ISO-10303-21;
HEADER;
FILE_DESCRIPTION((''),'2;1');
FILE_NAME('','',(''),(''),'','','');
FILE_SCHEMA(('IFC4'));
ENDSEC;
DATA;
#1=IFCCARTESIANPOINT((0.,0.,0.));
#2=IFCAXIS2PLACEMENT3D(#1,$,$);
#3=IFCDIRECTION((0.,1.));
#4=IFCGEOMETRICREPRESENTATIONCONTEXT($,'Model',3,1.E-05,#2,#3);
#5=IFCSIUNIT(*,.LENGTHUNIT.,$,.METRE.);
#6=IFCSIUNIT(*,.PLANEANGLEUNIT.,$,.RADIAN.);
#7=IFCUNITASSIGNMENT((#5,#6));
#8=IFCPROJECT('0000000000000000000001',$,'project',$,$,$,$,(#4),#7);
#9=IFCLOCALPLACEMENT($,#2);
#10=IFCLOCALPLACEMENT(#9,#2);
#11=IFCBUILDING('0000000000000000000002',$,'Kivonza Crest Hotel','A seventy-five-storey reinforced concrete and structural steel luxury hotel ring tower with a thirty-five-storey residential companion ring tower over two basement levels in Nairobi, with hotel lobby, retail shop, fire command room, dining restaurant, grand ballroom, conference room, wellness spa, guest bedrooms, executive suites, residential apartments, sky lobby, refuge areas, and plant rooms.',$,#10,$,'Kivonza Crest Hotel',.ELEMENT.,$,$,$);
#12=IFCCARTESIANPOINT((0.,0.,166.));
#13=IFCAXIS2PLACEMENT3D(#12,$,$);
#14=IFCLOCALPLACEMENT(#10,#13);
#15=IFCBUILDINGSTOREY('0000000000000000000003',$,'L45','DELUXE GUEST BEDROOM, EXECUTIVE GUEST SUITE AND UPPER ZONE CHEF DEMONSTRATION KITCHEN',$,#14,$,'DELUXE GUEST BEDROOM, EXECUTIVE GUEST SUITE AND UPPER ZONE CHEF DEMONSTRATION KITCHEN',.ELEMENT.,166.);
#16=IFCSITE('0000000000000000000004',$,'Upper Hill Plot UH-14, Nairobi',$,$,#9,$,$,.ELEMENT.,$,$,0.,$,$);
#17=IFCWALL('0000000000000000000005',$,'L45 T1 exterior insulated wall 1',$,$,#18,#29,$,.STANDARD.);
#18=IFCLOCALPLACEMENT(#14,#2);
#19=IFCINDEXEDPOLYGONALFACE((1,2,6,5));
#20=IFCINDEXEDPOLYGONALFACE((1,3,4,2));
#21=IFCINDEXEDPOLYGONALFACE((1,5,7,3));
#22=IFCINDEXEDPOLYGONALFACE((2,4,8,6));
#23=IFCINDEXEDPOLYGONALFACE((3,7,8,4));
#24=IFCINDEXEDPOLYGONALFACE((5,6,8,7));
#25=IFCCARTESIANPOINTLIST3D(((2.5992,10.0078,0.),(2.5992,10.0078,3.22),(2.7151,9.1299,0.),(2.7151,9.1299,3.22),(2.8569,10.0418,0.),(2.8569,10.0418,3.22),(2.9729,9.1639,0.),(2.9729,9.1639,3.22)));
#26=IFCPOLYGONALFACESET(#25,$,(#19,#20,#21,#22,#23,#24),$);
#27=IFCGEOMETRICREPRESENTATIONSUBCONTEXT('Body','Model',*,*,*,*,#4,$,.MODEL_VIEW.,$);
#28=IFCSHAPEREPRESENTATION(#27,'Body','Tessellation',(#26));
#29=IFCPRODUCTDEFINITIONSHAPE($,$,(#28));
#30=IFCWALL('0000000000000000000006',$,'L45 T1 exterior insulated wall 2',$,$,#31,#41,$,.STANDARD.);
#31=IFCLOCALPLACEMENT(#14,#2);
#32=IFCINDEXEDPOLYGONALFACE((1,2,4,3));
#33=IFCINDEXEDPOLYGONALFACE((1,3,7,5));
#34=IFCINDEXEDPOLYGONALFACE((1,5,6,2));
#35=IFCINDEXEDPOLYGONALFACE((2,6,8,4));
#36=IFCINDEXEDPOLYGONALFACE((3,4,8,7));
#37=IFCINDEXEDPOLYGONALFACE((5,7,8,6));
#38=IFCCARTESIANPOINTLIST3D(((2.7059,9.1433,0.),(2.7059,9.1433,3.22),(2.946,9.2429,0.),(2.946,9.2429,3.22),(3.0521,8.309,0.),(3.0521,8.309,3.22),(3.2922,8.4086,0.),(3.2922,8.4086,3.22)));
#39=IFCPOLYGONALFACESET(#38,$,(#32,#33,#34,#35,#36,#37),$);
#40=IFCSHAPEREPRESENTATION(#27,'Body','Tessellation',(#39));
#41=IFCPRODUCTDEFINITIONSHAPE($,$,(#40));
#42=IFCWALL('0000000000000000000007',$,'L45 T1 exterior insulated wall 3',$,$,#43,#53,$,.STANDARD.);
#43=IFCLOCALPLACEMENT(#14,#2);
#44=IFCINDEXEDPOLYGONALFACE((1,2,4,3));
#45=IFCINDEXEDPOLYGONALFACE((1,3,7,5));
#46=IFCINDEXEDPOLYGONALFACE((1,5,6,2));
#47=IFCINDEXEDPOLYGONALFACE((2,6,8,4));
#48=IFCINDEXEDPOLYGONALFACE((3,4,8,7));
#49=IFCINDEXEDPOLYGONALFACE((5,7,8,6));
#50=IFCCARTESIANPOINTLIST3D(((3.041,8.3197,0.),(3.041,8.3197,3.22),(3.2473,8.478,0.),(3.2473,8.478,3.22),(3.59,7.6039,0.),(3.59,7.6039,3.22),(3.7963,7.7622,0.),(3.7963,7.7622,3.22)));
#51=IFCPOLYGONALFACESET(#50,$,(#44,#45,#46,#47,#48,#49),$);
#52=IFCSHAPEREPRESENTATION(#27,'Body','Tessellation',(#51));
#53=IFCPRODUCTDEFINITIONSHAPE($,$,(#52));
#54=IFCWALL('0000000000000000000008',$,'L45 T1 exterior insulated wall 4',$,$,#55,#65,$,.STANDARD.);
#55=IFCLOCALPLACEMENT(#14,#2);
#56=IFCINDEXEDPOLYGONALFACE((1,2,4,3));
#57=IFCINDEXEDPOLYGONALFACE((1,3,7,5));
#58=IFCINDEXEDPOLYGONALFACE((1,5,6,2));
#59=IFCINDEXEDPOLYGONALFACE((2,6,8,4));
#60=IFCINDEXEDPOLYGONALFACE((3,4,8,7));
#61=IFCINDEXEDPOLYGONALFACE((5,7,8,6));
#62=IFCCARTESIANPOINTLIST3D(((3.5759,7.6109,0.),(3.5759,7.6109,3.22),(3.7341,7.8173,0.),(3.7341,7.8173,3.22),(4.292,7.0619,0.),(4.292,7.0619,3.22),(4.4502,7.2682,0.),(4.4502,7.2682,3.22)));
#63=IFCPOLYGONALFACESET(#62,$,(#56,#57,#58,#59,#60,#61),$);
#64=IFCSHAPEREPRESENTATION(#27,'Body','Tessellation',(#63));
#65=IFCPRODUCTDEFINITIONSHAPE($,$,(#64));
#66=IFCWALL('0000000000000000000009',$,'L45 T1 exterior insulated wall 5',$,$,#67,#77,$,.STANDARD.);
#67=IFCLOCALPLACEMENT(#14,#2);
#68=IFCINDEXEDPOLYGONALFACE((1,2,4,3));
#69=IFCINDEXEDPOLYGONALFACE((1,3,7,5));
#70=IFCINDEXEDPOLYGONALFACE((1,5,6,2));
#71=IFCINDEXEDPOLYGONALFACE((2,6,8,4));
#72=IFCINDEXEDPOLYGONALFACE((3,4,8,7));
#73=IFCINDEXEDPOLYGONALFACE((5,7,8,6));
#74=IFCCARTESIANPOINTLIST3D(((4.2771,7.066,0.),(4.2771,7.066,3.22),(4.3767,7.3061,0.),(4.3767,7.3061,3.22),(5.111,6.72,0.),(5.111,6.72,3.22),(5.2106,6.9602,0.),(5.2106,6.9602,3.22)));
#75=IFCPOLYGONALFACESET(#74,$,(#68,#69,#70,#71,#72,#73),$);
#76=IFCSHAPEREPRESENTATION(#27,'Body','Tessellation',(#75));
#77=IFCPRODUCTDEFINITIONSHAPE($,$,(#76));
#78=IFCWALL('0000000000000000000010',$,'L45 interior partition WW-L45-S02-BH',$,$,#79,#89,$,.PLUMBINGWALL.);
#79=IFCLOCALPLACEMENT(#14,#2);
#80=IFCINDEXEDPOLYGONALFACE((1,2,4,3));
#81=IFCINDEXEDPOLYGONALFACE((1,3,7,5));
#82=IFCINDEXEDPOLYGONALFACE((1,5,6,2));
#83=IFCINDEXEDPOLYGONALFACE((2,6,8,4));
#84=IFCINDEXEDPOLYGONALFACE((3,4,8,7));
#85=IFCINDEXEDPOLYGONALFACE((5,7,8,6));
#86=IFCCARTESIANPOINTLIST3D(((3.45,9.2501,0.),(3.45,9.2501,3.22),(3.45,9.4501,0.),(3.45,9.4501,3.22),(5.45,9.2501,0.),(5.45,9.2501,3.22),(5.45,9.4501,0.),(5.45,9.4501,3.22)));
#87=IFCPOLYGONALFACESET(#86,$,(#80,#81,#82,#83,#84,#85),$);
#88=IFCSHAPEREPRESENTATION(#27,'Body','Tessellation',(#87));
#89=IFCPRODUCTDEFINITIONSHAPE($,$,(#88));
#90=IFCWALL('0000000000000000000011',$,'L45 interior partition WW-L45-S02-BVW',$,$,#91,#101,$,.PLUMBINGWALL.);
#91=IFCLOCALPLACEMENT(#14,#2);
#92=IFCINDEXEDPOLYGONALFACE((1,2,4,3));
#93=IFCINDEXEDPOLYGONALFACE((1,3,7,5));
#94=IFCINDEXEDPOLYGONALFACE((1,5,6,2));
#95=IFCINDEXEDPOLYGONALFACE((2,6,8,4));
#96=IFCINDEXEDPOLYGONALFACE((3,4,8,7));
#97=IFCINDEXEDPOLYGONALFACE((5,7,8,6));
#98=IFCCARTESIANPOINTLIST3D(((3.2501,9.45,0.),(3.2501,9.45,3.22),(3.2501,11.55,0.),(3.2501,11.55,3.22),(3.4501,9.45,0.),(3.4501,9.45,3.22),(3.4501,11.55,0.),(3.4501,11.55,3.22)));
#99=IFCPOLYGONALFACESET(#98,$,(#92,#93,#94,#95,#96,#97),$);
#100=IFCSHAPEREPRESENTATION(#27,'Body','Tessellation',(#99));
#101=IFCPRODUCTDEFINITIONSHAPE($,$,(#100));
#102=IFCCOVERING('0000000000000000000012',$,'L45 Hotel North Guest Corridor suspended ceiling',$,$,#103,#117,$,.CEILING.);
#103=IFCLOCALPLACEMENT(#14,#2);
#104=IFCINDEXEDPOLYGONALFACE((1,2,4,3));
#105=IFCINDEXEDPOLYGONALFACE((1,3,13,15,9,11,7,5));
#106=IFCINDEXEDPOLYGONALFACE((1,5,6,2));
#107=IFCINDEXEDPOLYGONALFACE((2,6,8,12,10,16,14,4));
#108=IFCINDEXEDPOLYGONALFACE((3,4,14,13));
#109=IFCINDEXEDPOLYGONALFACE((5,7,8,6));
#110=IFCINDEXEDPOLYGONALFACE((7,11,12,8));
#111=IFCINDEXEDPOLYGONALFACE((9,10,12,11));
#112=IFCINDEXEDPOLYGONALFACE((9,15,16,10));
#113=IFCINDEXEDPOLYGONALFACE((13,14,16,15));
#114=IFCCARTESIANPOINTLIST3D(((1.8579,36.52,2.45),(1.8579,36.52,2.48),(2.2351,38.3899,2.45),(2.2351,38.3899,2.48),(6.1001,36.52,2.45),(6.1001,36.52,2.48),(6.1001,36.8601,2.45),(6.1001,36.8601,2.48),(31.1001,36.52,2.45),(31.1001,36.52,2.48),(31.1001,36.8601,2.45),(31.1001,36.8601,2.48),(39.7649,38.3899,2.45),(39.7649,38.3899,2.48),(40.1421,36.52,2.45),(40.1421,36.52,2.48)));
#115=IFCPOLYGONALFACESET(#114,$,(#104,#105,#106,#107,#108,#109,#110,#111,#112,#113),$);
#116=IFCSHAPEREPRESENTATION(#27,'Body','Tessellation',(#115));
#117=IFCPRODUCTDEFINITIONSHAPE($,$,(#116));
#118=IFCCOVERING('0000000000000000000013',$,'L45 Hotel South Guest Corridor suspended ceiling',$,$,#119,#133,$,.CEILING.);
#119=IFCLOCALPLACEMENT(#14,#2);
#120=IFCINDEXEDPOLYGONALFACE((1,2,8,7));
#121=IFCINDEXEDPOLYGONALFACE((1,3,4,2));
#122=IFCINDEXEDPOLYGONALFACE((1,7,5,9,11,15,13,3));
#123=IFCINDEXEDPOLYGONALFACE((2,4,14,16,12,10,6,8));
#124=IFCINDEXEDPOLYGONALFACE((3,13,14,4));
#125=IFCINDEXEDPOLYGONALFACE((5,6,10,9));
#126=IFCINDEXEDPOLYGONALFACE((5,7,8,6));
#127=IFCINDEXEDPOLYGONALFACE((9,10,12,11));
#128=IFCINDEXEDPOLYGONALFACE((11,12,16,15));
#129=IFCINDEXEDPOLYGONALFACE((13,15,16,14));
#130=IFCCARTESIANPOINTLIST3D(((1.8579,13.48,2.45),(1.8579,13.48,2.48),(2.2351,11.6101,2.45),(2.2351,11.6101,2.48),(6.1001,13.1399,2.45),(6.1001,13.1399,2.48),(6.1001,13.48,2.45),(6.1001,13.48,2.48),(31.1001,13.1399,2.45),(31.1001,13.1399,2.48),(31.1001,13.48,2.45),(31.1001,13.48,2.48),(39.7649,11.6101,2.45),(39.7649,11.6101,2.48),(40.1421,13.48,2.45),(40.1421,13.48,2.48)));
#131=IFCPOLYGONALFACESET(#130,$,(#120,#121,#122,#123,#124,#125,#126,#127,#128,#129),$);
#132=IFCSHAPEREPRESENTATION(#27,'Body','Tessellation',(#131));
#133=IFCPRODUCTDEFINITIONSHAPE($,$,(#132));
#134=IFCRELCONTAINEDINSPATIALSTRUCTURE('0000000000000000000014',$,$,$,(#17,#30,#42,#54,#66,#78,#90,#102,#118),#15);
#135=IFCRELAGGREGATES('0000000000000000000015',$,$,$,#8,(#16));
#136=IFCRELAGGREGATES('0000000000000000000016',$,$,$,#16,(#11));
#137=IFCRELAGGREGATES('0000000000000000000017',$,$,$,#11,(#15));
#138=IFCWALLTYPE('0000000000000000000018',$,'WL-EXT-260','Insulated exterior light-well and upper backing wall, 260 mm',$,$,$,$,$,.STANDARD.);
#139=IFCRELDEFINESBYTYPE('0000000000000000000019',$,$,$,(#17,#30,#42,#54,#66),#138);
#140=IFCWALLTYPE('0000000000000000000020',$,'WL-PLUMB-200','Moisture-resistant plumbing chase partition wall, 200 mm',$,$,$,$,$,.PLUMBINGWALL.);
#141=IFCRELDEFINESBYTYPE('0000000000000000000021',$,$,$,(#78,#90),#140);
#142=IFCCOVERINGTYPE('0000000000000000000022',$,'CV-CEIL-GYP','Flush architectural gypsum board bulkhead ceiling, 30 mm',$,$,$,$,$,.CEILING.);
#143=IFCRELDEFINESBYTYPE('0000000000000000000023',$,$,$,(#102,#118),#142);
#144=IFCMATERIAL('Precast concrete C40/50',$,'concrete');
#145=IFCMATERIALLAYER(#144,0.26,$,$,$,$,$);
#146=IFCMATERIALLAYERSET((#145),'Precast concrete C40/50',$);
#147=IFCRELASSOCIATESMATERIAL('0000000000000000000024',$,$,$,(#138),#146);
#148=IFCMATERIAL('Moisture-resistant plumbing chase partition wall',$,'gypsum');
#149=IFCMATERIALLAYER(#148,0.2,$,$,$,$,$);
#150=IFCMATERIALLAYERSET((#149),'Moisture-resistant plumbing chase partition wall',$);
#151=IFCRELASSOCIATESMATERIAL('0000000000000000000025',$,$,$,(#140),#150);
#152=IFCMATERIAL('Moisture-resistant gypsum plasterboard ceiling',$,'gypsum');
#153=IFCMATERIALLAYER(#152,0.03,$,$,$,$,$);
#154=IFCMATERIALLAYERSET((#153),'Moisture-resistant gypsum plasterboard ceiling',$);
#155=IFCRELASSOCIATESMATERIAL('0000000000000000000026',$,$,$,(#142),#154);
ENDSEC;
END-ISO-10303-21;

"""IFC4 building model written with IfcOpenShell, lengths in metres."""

from ifc_helpers import new_model, si_unit, direction, frame, frame_2d, origin, place, context, subcontext, project, spatial, polyline, rectangle, outline, extrude, material, layer, layer_set, type_object, element, save


model = new_model("IFC4")

# Units and contexts
model_context = context("Model", 3, precision=1e-05, world=origin(), true_north=direction((0.0, 1.0)))
body_context = subcontext(model_context, "Body", "Model", "MODEL_VIEW")
ifc_project = project(units=[si_unit("LENGTHUNIT", "METRE"), si_unit("PLANEANGLEUNIT", "RADIAN")], contexts=[model_context])

# Site, building, storey
site_placement = place(None, origin())
site = spatial("IfcSite", under=ifc_project, at=site_placement, Name="Upper Hill Plot UH-14, Nairobi", CompositionType="ELEMENT", RefElevation=0.0)
building_placement = place(site_placement, origin())
building = spatial("IfcBuilding", under=site, at=building_placement, Name="Kivonza Crest Hotel", Description="A seventy-five-storey reinforced concrete and structural steel luxury hotel ring tower with a thirty-five-storey residential companion ring tower over two basement levels in Nairobi, with hotel lobby, retail shop, fire command room, dining restaurant, grand ballroom, conference room, wellness spa, guest bedrooms, executive suites, residential apartments, sky lobby, refuge areas, and plant rooms.", LongName="Kivonza Crest Hotel", CompositionType="ELEMENT")
storey_placement = place(building_placement, frame((0.0, 0.0, 166.0)))
storey = spatial("IfcBuildingStorey", under=building, at=storey_placement, Name="L45", Description="DELUXE GUEST BEDROOM, EXECUTIVE GUEST SUITE AND UPPER ZONE CHEF DEMONSTRATION KITCHEN", LongName="DELUXE GUEST BEDROOM, EXECUTIVE GUEST SUITE AND UPPER ZONE CHEF DEMONSTRATION KITCHEN", CompositionType="ELEMENT", Elevation=166.0)

# Walls
ifc_material_1 = material(Name="Precast concrete C40/50", Category="concrete")
ifc_layer_1 = layer(ifc_material_1, 0.26)
ifc_layer_set_1 = layer_set([ifc_layer_1], Name="Precast concrete C40/50")
wall_type_1 = type_object("IfcWallType", Name="WL-EXT-260", Description="Insulated exterior light-well and upper backing wall, 260 mm", PredefinedType="STANDARD", material=ifc_layer_set_1)
wall_1_placement = place(storey_placement, frame((2.728, 10.0249, 0.0), z_axis=(0.0, 0.0, 1.0), x_axis=(0.130954, -0.991388, 0.0)))
element("IfcWall", 1, at=wall_1_placement, inside=storey, type_object=wall_type_1, Name="L45 T1 exterior insulated wall 1", PredefinedType="STANDARD", context=body_context, shape_type="SweptSolid", body=[
    extrude(rectangle(XDim=0.8855, YDim=0.26, at=frame_2d((0.4429, 0.0))), origin(), (0.0, 0.0, 1.0), 3.22),
])
wall_2_placement = place(storey_placement, frame((2.8259, 9.1931, 0.0), z_axis=(0.0, 0.0, 1.0), x_axis=(0.383291, -0.923628, 0.0)))
element("IfcWall", 2, at=wall_2_placement, inside=storey, type_object=wall_type_1, Name="L45 T1 exterior insulated wall 2", PredefinedType="STANDARD", context=body_context, shape_type="SweptSolid", body=[
    extrude(rectangle(XDim=0.9033, YDim=0.26, at=frame_2d((0.4517, 0.0))), origin(), (0.0, 0.0, 1.0), 3.22),
])
wall_3_placement = place(storey_placement, frame((3.144, 8.3989, 0.0), z_axis=(0.0, 0.0, 1.0), x_axis=(0.608625, -0.793458, 0.0)))
element("IfcWall", 3, at=wall_3_placement, inside=storey, type_object=wall_type_1, Name="L45 T1 exterior insulated wall 3", PredefinedType="STANDARD", context=body_context, shape_type="SweptSolid", body=[
    extrude(rectangle(XDim=0.9021, YDim=0.26, at=frame_2d((0.4512, 0.0))), origin(), (0.0, 0.0, 1.0), 3.22),
])
wall_4_placement = place(storey_placement, frame((3.655, 7.7141, 0.0), z_axis=(0.0, 0.0, 1.0), x_axis=(0.793558, -0.608494, 0.0)))
element("IfcWall", 4, at=wall_4_placement, inside=storey, type_object=wall_type_1, Name="L45 T1 exterior insulated wall 4", PredefinedType="STANDARD", context=body_context, shape_type="SweptSolid", body=[
    extrude(rectangle(XDim=0.9023, YDim=0.26, at=frame_2d((0.4512, 0.0))), origin(), (0.0, 0.0, 1.0), 3.22),
])
wall_5_placement = place(storey_placement, frame((4.3269, 7.186, 0.0), z_axis=(0.0, 0.0, 1.0), x_axis=(0.923684, -0.383156, 0.0)))
element("IfcWall", 5, at=wall_5_placement, inside=storey, type_object=wall_type_1, Name="L45 T1 exterior insulated wall 5", PredefinedType="STANDARD", context=body_context, shape_type="SweptSolid", body=[
    extrude(rectangle(XDim=0.9028, YDim=0.26, at=frame_2d((0.4514, 0.0))), origin(), (0.0, 0.0, 1.0), 3.22),
])
ifc_material_2 = material(Name="Moisture-resistant plumbing chase partition wall", Category="gypsum")
ifc_layer_2 = layer(ifc_material_2, 0.2)
ifc_layer_set_2 = layer_set([ifc_layer_2], Name="Moisture-resistant plumbing chase partition wall")
wall_type_2 = type_object("IfcWallType", Name="WL-PLUMB-200", Description="Moisture-resistant plumbing chase partition wall, 200 mm", PredefinedType="PLUMBINGWALL", material=ifc_layer_set_2)
wall_6_placement = place(storey_placement, frame((3.45, 9.3501, 0.0), z_axis=(0.0, 0.0, 1.0), x_axis=(1.0, 0.0, 0.0)))
element("IfcWall", 6, at=wall_6_placement, inside=storey, type_object=wall_type_2, Name="L45 interior partition WW-L45-S02-BH", PredefinedType="PLUMBINGWALL", context=body_context, shape_type="SweptSolid", body=[
    extrude(rectangle(XDim=2.0, YDim=0.2, at=frame_2d((1.0, 0.0))), origin(), (0.0, 0.0, 1.0), 3.22),
])
wall_7_placement = place(storey_placement, frame((3.3501, 9.45, 0.0), z_axis=(0.0, 0.0, 1.0), x_axis=(0.0, 1.0, 0.0)))
element("IfcWall", 7, at=wall_7_placement, inside=storey, type_object=wall_type_2, Name="L45 interior partition WW-L45-S02-BVW", PredefinedType="PLUMBINGWALL", context=body_context, shape_type="SweptSolid", body=[
    extrude(rectangle(XDim=2.1001, YDim=0.2, at=frame_2d((1.05, 0.0))), origin(), (0.0, 0.0, 1.0), 3.22),
])

# Coverings
ifc_material_3 = material(Name="Moisture-resistant gypsum plasterboard ceiling", Category="gypsum")
ifc_layer_3 = layer(ifc_material_3, 0.03)
ifc_layer_set_3 = layer_set([ifc_layer_3], Name="Moisture-resistant gypsum plasterboard ceiling")
covering_type = type_object("IfcCoveringType", Name="CV-CEIL-GYP", Description="Flush architectural gypsum board bulkhead ceiling, 30 mm", PredefinedType="CEILING", material=ifc_layer_set_3)
covering_1_placement = place(storey_placement, frame((0.0, 0.0, 2.45)))
element("IfcCovering", 8, at=covering_1_placement, inside=storey, type_object=covering_type, Name="L45 Hotel North Guest Corridor suspended ceiling", PredefinedType="CEILING", context=body_context, shape_type="SweptSolid", body=[
    extrude(outline(polyline([(2.2351, 38.3899), (1.8579, 36.52), (6.1001, 36.52), (6.1001, 36.8601), (31.1001, 36.8601), (31.1001, 36.52), (40.1421, 36.52), (39.7649, 38.3899), (2.2351, 38.3899)])), origin(), (0.0, 0.0, 1.0), 0.03),
])
covering_2_placement = place(storey_placement, frame((0.0, 0.0, 2.45)))
element("IfcCovering", 9, at=covering_2_placement, inside=storey, type_object=covering_type, Name="L45 Hotel South Guest Corridor suspended ceiling", PredefinedType="CEILING", context=body_context, shape_type="SweptSolid", body=[
    extrude(outline(polyline([(1.8579, 13.48), (2.2351, 11.6101), (39.7649, 11.6101), (40.1421, 13.48), (31.1001, 13.48), (31.1001, 13.1399), (6.1001, 13.1399), (6.1001, 13.48), (1.8579, 13.48)])), origin(), (0.0, 0.0, 1.0), 0.03),
])

save(model, "model.ifc")
